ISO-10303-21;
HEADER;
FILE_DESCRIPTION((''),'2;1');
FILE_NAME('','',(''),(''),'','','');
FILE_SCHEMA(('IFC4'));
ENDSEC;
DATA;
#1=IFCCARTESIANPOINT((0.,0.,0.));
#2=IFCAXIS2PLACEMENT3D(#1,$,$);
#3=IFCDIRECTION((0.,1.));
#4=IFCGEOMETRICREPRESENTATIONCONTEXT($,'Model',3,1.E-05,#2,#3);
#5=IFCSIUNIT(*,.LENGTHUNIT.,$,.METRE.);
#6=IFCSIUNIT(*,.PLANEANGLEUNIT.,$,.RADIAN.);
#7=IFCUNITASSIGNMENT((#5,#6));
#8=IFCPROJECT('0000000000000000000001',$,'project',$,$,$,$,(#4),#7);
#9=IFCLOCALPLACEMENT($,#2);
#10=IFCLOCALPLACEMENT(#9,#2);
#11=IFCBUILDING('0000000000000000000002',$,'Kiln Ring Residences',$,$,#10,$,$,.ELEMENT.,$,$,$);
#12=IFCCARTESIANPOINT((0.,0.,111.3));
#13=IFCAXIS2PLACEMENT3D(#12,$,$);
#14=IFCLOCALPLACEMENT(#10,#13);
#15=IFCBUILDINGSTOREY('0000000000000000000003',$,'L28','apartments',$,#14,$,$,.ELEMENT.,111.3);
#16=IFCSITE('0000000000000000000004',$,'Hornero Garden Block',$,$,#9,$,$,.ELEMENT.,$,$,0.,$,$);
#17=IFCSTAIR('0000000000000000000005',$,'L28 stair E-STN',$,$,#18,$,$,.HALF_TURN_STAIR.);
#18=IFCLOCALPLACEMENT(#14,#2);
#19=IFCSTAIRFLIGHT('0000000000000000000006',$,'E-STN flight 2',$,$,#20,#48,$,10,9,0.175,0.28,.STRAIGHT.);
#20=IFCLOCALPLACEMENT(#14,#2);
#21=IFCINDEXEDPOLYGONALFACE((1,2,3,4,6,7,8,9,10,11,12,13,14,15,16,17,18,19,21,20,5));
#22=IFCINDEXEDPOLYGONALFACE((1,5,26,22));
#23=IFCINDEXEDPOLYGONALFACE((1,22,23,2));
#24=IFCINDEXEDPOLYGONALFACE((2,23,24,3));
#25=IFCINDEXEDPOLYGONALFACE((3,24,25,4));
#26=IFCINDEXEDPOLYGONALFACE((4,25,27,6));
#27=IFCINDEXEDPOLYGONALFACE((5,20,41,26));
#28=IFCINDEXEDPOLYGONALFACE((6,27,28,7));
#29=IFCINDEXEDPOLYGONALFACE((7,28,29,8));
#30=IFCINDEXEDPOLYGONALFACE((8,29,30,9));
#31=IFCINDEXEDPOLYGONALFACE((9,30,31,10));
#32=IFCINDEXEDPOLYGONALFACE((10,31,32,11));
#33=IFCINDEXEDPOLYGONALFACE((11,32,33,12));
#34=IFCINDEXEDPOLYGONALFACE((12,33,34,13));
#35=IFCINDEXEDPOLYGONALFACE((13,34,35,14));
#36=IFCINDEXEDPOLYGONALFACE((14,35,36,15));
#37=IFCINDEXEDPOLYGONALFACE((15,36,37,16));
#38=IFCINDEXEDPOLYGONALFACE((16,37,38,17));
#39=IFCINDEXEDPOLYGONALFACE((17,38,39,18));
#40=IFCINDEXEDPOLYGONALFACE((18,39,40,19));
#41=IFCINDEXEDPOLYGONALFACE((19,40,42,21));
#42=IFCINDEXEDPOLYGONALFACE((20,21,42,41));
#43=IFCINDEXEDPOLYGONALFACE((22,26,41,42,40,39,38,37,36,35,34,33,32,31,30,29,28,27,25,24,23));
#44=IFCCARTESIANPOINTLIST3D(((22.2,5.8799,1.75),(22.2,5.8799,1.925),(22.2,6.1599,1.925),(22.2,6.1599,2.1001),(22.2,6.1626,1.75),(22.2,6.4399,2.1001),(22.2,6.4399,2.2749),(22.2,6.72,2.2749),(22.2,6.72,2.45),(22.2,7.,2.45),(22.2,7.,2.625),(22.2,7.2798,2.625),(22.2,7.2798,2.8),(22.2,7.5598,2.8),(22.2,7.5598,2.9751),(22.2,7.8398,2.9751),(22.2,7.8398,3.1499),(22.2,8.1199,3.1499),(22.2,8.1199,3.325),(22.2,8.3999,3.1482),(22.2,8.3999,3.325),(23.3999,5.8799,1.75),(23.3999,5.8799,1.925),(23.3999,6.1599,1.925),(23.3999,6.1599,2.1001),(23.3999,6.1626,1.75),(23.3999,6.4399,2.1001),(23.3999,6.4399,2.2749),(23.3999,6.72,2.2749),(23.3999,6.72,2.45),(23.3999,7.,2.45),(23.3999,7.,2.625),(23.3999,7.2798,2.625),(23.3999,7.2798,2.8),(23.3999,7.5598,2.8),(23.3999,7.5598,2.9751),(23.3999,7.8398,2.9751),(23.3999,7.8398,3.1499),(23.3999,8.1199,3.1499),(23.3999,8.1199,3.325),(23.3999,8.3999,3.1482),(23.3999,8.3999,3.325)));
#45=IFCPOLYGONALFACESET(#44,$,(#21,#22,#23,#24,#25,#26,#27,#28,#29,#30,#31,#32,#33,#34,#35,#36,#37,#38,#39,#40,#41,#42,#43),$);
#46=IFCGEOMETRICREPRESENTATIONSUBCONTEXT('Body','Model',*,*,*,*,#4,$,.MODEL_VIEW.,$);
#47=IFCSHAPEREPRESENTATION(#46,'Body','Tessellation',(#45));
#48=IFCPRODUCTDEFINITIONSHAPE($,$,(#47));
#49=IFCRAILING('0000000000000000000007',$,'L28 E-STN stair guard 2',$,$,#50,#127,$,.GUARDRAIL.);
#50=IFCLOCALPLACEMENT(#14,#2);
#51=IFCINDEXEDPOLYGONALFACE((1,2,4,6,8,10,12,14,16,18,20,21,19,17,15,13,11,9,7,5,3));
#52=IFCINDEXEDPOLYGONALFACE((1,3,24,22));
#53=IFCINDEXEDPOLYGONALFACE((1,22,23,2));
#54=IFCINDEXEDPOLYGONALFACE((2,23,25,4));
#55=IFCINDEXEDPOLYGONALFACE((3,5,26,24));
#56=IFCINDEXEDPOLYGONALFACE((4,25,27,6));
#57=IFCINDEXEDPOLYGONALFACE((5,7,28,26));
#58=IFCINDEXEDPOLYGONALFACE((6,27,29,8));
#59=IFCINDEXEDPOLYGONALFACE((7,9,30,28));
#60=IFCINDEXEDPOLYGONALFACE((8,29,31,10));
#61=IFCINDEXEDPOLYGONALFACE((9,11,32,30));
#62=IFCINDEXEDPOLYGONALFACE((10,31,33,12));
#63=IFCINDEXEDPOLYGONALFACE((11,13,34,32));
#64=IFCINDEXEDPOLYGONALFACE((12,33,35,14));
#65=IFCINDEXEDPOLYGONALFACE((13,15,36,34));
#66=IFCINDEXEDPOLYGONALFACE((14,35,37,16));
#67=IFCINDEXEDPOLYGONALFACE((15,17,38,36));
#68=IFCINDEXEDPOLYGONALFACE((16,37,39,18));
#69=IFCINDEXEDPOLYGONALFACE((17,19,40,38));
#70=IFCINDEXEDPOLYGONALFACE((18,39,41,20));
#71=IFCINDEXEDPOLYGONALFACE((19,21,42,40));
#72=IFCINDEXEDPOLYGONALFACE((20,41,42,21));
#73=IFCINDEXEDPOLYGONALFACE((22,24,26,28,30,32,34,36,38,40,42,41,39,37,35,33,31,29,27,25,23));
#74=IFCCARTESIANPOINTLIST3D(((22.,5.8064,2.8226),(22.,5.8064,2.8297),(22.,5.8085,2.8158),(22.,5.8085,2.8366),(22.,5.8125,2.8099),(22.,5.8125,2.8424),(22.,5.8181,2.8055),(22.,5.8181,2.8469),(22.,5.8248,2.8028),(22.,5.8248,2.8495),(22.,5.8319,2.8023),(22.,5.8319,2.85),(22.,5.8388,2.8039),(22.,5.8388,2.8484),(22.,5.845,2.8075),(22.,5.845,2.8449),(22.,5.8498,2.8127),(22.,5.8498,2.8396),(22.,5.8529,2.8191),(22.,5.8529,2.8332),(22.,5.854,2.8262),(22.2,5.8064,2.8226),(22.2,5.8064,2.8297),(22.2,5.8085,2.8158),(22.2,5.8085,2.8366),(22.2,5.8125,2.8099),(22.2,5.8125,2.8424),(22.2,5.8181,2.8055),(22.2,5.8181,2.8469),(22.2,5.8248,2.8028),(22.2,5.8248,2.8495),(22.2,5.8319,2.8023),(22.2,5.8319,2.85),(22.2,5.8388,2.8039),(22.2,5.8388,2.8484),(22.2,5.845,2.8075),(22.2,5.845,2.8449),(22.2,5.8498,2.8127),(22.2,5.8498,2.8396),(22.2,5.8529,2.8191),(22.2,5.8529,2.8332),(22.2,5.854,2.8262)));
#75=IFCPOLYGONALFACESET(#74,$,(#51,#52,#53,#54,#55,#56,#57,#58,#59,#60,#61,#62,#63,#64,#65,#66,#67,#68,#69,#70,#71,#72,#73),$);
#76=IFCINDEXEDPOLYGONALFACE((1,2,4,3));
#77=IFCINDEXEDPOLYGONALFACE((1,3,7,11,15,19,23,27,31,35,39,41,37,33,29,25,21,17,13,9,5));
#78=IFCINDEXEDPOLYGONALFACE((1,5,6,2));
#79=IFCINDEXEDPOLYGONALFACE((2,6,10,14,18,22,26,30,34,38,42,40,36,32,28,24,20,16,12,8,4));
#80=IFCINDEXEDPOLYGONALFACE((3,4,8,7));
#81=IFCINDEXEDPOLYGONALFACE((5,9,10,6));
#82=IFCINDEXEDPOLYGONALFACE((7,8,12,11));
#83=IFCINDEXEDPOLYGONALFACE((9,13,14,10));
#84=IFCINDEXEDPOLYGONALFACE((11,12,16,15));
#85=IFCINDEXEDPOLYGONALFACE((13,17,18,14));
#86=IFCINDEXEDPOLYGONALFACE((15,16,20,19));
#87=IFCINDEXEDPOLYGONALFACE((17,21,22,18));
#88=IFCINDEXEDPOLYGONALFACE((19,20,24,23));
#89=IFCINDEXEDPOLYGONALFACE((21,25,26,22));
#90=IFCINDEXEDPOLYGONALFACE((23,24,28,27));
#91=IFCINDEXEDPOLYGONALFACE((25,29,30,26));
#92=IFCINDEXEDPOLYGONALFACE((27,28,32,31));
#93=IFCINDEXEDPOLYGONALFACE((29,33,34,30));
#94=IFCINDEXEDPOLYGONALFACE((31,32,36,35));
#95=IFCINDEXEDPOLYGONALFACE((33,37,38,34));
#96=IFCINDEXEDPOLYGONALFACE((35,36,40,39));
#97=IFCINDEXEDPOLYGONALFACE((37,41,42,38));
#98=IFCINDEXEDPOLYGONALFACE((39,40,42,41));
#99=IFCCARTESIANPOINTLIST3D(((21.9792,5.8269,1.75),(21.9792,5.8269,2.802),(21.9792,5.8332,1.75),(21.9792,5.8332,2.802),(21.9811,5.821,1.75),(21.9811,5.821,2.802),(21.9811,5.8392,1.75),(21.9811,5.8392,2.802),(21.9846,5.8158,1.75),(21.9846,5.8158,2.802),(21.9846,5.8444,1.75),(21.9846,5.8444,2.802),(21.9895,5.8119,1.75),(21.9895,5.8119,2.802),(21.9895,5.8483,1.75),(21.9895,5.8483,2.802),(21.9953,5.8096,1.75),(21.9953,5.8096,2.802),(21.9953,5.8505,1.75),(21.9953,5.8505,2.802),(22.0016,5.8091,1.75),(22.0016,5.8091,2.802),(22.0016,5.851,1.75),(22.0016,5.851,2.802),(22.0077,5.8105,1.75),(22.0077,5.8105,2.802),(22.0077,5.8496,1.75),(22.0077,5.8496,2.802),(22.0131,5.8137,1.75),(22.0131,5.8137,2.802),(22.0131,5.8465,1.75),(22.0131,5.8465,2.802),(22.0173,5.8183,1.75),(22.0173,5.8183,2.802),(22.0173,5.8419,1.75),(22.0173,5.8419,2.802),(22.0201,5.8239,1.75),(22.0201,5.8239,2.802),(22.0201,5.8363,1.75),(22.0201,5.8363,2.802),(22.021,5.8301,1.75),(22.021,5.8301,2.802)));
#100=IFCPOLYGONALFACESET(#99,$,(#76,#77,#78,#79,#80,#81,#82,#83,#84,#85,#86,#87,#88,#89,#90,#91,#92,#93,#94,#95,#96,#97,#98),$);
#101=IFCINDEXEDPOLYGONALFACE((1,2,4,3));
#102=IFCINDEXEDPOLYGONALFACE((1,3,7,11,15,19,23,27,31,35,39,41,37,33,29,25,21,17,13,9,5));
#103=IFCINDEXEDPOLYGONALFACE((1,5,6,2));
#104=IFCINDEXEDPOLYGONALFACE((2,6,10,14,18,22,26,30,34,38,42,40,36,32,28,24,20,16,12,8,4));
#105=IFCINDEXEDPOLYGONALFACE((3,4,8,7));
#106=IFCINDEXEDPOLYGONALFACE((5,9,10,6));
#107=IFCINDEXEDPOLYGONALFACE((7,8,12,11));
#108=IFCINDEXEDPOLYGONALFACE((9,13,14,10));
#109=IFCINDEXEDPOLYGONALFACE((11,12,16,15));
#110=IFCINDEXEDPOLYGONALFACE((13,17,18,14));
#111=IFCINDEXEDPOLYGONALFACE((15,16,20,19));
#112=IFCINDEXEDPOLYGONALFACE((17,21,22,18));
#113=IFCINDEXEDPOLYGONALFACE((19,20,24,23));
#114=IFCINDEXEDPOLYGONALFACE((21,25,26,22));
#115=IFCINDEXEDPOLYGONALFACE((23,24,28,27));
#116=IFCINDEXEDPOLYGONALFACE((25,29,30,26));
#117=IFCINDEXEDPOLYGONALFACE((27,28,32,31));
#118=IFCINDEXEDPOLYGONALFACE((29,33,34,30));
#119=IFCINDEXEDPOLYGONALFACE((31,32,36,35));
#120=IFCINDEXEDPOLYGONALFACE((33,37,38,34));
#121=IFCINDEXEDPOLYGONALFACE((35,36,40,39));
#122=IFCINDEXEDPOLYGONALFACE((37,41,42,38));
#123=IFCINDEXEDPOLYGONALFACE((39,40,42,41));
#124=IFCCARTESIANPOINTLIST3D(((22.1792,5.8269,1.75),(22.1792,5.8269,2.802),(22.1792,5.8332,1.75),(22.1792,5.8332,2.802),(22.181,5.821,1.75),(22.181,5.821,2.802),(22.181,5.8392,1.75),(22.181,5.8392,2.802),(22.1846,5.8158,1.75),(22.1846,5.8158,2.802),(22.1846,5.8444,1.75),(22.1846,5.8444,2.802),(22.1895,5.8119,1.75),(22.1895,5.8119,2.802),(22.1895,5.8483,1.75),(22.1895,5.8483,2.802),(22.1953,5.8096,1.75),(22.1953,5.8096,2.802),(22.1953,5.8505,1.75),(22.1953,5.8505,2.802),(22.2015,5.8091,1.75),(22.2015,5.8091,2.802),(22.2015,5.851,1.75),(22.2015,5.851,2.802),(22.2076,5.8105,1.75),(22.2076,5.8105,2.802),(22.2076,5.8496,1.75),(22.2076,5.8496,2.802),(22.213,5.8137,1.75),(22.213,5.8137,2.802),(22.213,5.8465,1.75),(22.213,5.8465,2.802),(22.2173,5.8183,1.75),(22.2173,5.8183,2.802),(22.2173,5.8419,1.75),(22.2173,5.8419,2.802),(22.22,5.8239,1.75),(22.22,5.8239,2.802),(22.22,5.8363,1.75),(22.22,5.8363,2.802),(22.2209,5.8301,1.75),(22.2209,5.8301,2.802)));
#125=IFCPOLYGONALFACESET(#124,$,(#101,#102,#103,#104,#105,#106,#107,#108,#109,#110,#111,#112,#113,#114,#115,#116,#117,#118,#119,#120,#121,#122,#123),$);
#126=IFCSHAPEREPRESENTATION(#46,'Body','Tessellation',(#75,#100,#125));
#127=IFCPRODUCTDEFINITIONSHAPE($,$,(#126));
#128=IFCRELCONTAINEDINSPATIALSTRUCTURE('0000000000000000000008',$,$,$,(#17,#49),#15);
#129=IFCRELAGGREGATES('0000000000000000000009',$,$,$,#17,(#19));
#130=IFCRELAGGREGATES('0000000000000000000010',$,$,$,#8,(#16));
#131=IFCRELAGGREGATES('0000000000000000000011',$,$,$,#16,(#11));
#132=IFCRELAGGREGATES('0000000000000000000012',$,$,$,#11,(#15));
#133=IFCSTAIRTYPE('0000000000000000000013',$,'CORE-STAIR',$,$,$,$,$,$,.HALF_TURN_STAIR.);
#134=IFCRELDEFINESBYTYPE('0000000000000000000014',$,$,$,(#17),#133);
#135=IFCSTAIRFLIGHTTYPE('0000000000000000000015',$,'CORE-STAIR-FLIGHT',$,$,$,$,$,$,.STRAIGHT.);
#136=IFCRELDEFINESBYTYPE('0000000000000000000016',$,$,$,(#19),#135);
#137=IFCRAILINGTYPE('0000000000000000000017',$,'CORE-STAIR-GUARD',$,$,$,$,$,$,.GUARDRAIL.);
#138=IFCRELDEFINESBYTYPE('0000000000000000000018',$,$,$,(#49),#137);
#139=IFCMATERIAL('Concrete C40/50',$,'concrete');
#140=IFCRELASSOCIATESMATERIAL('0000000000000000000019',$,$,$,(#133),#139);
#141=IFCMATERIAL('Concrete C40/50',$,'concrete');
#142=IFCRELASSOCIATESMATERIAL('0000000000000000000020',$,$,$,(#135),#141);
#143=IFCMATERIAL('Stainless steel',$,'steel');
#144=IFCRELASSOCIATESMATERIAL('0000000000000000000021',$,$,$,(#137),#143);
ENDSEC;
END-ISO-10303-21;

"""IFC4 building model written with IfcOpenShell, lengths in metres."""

from ifc_helpers import new_model, si_unit, direction, frame, origin, origin_2d, place, context, subcontext, project, spatial, polyline, circle, outline, extrude, material, type_object, element, aggregate, save


model = new_model("IFC4")

# Units and contexts
model_context = context("Model", 3, precision=1e-05, world=origin(), true_north=direction((0.0, 1.0)))
body_context = subcontext(model_context, "Body", "Model", "MODEL_VIEW")
ifc_project = project(units=[si_unit("LENGTHUNIT", "METRE"), si_unit("PLANEANGLEUNIT", "RADIAN")], contexts=[model_context])

# Site, building, storey
site_placement = place(None, origin())
site = spatial("IfcSite", under=ifc_project, at=site_placement, Name="Hornero Garden Block", CompositionType="ELEMENT", RefElevation=0.0)
building_placement = place(site_placement, origin())
building = spatial("IfcBuilding", under=site, at=building_placement, Name="Kiln Ring Residences", CompositionType="ELEMENT")
storey_placement = place(building_placement, frame((0.0, 0.0, 111.3)))
storey = spatial("IfcBuildingStorey", under=building, at=storey_placement, Name="L28", Description="apartments", CompositionType="ELEMENT", Elevation=111.3)

# Stair, stair flight
ifc_material_1 = material(Name="Concrete C40/50", Category="concrete")
stair_type = type_object("IfcStairType", Name="CORE-STAIR", PredefinedType="HALF_TURN_STAIR", material=ifc_material_1)
stair_placement = place(storey_placement, origin())
stair = element("IfcStair", 1, at=stair_placement, inside=storey, type_object=stair_type, Name="L28 stair E-STN", PredefinedType="HALF_TURN_STAIR")
ifc_material_2 = material(Name="Concrete C40/50", Category="concrete")
stair_flight_type = type_object("IfcStairFlightType", Name="CORE-STAIR-FLIGHT", PredefinedType="STRAIGHT", material=ifc_material_2)
stair_flight_1_placement = place(storey_placement, frame((22.8, 5.8799, 1.75), z_axis=(0.0, 0.0, 1.0), x_axis=(0.0, 1.0, 0.0)))
stair_flight_1 = element("IfcStairFlight", 2, at=stair_flight_1_placement, type_object=stair_flight_type, Name="E-STN flight 2", NumberOfRisers=10, NumberOfTreads=9, PredefinedType="STRAIGHT", RiserHeight=0.175, TreadLength=0.28, context=body_context, shape_type="SweptSolid", body=[
    extrude(outline(polyline([(0.0, 0.0), (0.0, 0.175), (0.28, 0.175), (0.28, 0.3501), (0.5601, 0.3501), (0.5601, 0.5249), (0.8401, 0.5249), (0.8401, 0.7), (1.1201, 0.7), (1.1201, 0.875), (1.3999, 0.875), (1.3999, 1.05), (1.6799, 1.05), (1.6799, 1.2251), (1.96, 1.2251), (1.96, 1.3999), (2.24, 1.3999), (2.24, 1.575), (2.52, 1.575), (2.52, 1.75), (2.52, 1.3982), (0.2827, 0.0), (0.0, 0.0)])), frame((0.0, 0.6001, 0.0), z_axis=(0.0, -1.0, 0.0), x_axis=(1.0, 0.0, 0.0)), (0.0, 0.0, 1.0), 1.2),
])
aggregate(stair, [stair_flight_1])

# Railing
ifc_material_3 = material(Name="Stainless steel", Category="steel")
railing_type_1 = type_object("IfcRailingType", Name="CORE-STAIR-GUARD", PredefinedType="GUARDRAIL", material=ifc_material_3)
railing_1_placement = place(storey_placement, frame((22.0, 5.8301, 1.75)))
element("IfcRailing", 3, at=railing_1_placement, inside=storey, type_object=railing_type_1, Name="L28 E-STN stair guard 2", PredefinedType="GUARDRAIL", context=body_context, shape_type="SweptSolid", body=[
    extrude(circle(Radius=0.0239, at=origin_2d()), frame((0.0, 0.0, 1.0762), z_axis=(1.0, 0.0, 0.0), x_axis=(0.0, 1.0, 0.0)), (0.0, 0.0, 1.0), 0.2),
    extrude(circle(Radius=0.021, at=origin_2d()), origin(), (0.0, 0.0, 1.0), 1.052),
    extrude(circle(Radius=0.021, at=origin_2d()), frame((0.2, 0.0, 0.0)), (0.0, 0.0, 1.0), 1.052),
])

save(model, "model.ifc")
